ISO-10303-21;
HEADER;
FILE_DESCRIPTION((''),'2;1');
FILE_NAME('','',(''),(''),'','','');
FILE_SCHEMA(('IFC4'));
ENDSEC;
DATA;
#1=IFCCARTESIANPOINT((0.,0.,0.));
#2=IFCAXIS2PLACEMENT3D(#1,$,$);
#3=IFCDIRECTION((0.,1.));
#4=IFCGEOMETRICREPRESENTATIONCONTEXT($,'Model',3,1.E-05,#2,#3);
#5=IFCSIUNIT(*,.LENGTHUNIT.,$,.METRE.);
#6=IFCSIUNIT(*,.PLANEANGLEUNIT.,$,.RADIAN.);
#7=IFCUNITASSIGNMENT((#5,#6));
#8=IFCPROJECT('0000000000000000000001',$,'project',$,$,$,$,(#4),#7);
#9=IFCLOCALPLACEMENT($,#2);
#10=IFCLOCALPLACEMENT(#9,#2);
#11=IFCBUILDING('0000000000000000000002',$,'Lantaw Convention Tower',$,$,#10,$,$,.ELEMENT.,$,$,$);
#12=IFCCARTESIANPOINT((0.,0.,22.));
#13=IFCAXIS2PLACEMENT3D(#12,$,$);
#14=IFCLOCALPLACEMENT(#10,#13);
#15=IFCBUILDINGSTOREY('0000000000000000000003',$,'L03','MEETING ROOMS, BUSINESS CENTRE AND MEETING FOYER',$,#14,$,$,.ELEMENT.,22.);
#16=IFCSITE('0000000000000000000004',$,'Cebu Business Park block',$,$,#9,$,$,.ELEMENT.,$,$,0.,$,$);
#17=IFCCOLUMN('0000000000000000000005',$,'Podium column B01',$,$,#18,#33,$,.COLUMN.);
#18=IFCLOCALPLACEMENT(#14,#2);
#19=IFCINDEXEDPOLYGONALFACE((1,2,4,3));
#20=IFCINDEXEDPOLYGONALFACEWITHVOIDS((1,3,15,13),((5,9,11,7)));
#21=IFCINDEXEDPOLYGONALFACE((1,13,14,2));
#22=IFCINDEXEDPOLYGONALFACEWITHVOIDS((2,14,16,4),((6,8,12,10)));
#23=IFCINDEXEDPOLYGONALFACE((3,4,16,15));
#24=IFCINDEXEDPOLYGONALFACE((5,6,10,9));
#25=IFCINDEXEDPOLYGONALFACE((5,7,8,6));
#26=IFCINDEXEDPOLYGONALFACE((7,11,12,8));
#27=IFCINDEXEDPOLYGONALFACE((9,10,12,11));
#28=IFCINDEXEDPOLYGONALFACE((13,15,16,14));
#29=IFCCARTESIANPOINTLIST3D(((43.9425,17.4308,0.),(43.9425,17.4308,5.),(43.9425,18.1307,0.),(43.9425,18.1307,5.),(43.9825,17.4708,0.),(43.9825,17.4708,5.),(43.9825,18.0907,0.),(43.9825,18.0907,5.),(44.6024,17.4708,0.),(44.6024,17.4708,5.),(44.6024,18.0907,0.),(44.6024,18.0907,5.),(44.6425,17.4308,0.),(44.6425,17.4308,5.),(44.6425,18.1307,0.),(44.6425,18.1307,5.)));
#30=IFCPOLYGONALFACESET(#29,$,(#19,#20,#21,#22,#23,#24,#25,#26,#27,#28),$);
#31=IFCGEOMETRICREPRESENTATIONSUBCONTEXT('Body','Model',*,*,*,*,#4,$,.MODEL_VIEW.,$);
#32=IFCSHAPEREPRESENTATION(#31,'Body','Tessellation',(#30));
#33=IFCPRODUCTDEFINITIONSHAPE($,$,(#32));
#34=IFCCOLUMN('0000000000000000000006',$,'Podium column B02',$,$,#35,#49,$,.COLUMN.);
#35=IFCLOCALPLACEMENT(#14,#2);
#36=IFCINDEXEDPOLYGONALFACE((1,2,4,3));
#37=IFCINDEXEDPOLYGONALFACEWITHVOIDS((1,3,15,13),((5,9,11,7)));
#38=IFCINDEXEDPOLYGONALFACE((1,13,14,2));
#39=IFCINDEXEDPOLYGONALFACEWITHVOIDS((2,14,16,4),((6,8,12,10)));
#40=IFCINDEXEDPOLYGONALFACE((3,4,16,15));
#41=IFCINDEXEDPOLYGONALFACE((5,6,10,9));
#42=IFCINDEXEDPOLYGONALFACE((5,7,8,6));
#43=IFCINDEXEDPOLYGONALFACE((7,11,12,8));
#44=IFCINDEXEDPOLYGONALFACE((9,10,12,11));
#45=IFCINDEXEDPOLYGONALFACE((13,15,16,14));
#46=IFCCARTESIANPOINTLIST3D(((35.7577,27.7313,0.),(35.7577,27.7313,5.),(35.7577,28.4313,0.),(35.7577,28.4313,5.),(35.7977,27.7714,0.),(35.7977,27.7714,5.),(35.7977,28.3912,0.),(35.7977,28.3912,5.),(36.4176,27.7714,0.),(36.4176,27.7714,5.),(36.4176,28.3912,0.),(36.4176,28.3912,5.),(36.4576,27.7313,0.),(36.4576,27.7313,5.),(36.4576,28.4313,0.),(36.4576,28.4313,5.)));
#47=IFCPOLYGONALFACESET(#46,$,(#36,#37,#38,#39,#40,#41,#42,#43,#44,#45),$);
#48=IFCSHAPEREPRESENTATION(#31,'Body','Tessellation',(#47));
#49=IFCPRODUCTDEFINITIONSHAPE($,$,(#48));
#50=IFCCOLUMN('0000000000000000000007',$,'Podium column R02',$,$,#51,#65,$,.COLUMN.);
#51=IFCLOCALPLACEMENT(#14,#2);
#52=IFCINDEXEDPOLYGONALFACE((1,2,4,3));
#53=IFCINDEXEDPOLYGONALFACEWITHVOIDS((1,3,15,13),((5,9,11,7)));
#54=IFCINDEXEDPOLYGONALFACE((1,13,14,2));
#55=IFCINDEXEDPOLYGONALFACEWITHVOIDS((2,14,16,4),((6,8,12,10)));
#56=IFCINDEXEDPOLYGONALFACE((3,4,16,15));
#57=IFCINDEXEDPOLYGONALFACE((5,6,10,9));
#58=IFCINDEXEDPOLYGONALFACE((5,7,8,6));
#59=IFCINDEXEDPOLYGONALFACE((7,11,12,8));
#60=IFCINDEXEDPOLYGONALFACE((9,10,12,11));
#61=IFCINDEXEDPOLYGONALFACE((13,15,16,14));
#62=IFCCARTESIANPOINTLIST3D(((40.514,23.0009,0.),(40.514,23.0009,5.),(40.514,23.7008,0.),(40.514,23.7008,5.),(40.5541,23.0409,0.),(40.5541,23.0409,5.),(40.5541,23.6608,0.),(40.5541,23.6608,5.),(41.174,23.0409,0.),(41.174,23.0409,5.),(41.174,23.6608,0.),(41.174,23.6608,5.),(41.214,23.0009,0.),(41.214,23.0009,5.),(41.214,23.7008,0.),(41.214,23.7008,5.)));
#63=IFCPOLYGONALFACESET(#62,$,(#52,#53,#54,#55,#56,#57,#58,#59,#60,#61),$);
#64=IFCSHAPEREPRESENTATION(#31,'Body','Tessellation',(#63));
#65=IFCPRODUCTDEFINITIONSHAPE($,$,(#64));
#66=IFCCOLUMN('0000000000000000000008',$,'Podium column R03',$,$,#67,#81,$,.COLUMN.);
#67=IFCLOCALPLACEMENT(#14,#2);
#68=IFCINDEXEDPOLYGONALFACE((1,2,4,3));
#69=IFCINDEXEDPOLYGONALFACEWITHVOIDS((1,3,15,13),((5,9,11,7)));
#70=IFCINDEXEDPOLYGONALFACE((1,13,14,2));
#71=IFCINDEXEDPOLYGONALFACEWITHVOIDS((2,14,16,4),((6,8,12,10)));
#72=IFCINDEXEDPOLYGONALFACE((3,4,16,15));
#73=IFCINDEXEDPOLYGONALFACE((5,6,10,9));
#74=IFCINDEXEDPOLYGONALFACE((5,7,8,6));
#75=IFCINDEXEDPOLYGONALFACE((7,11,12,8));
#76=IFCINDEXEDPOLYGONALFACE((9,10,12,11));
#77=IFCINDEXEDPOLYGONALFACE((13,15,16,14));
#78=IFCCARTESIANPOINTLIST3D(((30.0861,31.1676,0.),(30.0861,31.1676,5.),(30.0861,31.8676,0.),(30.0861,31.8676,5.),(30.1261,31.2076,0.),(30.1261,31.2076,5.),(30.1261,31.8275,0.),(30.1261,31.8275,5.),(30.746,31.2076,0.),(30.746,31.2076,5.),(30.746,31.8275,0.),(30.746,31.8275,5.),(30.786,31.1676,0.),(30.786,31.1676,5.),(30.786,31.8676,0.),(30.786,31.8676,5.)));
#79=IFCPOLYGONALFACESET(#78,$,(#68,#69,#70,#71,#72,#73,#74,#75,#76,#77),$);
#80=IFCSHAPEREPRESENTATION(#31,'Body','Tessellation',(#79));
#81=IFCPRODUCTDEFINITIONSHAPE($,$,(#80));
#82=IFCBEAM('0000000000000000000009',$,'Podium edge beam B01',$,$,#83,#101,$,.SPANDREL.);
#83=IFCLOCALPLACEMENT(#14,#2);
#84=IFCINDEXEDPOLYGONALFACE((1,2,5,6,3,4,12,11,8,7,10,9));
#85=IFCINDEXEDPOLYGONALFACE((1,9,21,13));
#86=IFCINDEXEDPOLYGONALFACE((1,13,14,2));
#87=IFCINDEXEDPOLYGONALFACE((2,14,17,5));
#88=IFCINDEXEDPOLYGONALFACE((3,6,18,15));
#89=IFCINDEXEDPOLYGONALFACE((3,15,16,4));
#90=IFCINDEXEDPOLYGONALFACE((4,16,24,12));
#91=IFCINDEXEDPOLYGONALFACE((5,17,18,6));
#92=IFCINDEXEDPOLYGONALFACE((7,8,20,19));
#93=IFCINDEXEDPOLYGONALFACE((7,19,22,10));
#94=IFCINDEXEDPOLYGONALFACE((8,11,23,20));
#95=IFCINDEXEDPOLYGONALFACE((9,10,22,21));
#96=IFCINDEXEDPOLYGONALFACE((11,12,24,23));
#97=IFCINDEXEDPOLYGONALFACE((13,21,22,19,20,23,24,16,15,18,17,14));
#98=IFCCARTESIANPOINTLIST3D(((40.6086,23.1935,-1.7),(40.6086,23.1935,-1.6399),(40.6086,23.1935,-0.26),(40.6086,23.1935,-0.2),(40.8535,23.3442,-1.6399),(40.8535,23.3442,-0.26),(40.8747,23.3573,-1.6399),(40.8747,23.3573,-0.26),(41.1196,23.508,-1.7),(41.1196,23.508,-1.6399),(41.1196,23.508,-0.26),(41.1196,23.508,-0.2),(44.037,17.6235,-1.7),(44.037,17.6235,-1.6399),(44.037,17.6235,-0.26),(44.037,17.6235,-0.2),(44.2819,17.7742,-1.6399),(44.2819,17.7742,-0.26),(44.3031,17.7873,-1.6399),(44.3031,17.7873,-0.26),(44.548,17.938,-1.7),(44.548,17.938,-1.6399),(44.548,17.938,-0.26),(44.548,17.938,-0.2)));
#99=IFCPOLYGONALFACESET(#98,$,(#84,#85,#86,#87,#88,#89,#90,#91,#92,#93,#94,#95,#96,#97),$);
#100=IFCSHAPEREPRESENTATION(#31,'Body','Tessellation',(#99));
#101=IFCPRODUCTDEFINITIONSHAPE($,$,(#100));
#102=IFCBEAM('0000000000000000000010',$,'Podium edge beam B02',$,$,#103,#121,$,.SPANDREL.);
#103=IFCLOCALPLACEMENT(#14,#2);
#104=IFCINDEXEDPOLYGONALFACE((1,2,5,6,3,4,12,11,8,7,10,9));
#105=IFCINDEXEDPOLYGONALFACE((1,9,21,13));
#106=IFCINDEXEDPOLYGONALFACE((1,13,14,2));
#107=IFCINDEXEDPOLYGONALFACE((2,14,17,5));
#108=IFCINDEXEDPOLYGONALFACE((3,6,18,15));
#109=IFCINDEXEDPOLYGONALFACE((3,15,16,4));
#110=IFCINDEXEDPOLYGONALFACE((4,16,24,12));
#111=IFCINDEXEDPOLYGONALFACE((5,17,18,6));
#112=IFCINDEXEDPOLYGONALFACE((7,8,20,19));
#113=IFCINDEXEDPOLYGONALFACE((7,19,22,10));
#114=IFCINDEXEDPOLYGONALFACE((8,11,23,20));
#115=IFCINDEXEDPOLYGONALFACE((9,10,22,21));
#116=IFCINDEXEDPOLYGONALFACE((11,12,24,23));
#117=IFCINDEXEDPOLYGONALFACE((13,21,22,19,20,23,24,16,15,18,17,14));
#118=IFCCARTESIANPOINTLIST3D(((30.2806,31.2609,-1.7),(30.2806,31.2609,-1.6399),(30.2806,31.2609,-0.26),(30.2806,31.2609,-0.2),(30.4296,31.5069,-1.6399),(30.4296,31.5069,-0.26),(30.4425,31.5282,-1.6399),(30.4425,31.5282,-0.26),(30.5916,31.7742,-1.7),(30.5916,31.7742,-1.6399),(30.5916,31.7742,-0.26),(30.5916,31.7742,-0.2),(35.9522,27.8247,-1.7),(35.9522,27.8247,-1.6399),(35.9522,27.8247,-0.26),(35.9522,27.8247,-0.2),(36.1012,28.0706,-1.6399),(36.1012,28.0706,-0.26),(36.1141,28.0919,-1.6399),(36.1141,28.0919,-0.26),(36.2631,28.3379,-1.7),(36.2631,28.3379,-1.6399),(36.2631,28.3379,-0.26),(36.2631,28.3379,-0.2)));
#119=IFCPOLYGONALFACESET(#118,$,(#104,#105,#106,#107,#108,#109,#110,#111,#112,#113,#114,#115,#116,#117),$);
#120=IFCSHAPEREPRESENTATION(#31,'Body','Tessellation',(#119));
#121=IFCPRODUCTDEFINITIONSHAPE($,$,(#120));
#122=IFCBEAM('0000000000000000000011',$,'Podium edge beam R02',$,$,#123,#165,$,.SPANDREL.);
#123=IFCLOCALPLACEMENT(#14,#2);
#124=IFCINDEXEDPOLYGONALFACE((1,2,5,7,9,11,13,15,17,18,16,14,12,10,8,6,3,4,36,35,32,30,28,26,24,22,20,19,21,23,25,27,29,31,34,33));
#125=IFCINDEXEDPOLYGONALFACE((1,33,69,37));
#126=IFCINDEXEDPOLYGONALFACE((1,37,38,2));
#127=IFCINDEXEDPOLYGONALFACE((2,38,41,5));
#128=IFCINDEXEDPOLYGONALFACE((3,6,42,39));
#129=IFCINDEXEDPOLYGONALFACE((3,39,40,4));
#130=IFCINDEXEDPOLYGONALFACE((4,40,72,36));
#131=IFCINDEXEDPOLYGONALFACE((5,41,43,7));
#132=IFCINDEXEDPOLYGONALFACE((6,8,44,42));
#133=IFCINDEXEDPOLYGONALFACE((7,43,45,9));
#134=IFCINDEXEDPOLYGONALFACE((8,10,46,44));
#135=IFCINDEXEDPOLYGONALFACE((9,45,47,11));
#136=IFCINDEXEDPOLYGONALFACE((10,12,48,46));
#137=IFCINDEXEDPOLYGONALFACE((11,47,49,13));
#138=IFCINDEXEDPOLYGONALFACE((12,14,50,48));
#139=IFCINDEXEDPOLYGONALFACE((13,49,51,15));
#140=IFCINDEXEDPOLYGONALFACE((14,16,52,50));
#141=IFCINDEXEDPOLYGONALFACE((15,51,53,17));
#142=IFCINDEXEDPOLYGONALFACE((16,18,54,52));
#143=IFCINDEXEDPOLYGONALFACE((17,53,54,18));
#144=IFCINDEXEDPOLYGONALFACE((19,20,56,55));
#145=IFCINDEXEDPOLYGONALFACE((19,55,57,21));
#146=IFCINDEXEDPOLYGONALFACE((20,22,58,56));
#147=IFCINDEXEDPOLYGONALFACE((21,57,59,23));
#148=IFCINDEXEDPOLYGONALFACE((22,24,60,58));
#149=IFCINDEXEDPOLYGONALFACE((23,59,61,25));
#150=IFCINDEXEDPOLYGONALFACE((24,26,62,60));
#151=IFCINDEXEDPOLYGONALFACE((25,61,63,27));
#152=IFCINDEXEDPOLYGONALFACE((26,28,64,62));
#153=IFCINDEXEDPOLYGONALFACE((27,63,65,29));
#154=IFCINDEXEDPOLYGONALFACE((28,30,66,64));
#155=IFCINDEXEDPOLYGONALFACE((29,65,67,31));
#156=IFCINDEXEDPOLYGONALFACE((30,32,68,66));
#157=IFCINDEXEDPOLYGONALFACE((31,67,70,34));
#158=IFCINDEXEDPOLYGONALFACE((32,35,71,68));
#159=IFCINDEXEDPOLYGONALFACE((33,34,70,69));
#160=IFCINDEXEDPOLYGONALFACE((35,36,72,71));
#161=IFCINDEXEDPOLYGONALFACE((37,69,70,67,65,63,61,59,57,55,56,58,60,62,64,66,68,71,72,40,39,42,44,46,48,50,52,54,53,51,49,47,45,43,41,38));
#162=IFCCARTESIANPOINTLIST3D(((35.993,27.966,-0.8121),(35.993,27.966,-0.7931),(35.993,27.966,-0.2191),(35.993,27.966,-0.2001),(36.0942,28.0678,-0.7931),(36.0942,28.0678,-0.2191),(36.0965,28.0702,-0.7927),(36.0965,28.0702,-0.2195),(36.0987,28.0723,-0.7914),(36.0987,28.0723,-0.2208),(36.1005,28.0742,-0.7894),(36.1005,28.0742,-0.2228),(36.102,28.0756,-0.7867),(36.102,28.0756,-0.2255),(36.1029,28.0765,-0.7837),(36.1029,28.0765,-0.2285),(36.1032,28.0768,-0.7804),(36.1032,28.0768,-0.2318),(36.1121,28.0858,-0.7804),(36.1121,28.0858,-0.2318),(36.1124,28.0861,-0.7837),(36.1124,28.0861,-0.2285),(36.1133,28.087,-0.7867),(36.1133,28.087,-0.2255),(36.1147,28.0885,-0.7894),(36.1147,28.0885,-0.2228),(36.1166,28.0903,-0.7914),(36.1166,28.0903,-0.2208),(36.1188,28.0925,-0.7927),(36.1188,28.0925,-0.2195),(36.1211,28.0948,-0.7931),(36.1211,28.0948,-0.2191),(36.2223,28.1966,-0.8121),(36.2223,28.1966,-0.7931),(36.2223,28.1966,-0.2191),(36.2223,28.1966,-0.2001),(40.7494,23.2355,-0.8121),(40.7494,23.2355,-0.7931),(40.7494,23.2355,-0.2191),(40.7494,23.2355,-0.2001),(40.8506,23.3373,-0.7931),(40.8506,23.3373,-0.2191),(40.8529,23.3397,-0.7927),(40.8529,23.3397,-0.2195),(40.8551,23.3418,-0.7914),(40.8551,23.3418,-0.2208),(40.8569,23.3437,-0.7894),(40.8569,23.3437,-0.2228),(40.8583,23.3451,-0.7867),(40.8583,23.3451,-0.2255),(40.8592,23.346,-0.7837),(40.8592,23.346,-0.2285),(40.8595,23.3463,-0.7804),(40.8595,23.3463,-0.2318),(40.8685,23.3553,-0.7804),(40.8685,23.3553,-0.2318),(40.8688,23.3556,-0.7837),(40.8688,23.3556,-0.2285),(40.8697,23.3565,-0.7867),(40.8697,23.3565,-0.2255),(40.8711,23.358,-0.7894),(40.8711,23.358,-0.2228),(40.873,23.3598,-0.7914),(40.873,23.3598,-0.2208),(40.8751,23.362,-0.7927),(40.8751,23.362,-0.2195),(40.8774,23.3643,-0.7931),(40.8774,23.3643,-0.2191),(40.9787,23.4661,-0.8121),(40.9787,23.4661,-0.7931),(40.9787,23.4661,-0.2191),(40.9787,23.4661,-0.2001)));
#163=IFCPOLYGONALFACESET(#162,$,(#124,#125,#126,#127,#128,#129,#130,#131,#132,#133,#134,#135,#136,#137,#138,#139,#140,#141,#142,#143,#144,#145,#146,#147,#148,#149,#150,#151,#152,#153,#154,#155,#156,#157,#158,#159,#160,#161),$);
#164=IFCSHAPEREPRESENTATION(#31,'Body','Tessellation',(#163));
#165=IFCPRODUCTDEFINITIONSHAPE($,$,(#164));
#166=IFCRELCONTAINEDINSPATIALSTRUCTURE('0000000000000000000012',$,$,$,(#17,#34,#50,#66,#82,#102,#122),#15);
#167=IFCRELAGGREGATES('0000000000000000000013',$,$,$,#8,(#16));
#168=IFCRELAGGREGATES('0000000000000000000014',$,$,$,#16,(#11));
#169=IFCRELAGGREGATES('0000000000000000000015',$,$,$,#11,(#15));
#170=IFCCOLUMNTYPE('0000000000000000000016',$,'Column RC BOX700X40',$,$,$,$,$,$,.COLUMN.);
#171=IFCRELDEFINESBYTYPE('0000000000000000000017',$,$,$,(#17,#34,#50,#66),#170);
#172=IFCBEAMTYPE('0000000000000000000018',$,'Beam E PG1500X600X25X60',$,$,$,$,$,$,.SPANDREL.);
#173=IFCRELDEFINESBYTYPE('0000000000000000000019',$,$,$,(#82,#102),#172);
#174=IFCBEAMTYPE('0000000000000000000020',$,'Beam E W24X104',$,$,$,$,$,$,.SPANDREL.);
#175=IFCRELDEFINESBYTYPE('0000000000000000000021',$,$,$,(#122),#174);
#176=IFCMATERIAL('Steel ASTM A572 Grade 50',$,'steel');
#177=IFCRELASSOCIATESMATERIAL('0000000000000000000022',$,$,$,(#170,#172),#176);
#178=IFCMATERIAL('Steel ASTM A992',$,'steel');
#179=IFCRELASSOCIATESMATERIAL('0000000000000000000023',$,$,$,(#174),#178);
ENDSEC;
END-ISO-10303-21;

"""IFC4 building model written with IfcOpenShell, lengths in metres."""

from ifc_helpers import new_model, si_unit, direction, frame, origin, origin_2d, place, context, subcontext, project, spatial, hollow_rectangle, i_section, extrude, material, material_profile, profile_set, type_object, element, save


model = new_model("IFC4")

# Units and contexts
model_context = context("Model", 3, precision=1e-05, world=origin(), true_north=direction((0.0, 1.0)))
body_context = subcontext(model_context, "Body", "Model", "MODEL_VIEW")
ifc_project = project(units=[si_unit("LENGTHUNIT", "METRE"), si_unit("PLANEANGLEUNIT", "RADIAN")], contexts=[model_context])

# Site, building, storey
site_placement = place(None, origin())
site = spatial("IfcSite", under=ifc_project, at=site_placement, Name="Cebu Business Park block", CompositionType="ELEMENT", RefElevation=0.0)
building_placement = place(site_placement, origin())
building = spatial("IfcBuilding", under=site, at=building_placement, Name="Lantaw Convention Tower", CompositionType="ELEMENT")
storey_placement = place(building_placement, frame((0.0, 0.0, 22.0)))
storey = spatial("IfcBuildingStorey", under=building, at=storey_placement, Name="L03", Description="MEETING ROOMS, BUSINESS CENTRE AND MEETING FOYER", CompositionType="ELEMENT", Elevation=22.0)

# Columns
ifc_material_1 = material(Name="Steel ASTM A572 Grade 50", Category="steel")
ifc_material_profile_1 = material_profile(ifc_material_1, hollow_rectangle(XDim=0.7, YDim=0.7, WallThickness=0.04, at=origin_2d()), Name="BOX700X40")
ifc_profile_set_1 = profile_set([ifc_material_profile_1], Name="Steel ASTM A572 Grade 50")
column_type = type_object("IfcColumnType", Name="Column RC BOX700X40", PredefinedType="COLUMN", material=ifc_profile_set_1)
for number, where, z_axis, x_axis, name in (
    (1, (44.2925, 17.7808, 0.0), (0.0, 0.0, 1.0), (1.0, 0.0, 0.0), "Podium column B01"),
    (2, (36.1077, 28.0813, 0.0), (0.0, 0.0, 1.0), (1.0, 0.0, 0.0), "Podium column B02"),
    (3, (40.864, 23.3508, 0.0), (0.0, 0.0, 1.0), (1.0, 0.0, 0.0), "Podium column R02"),
    (4, (30.436, 31.5176, 0.0), (0.0, 0.0, 1.0), (1.0, 0.0, 0.0), "Podium column R03"),
):
    element("IfcColumn", number, at=place(storey_placement, frame(where, z_axis=z_axis, x_axis=x_axis)), inside=storey, type_object=column_type, Name=name, PredefinedType="COLUMN", context=body_context, shape_type="SweptSolid", body=[
        extrude(hollow_rectangle(XDim=0.7, YDim=0.7, WallThickness=0.04, at=origin_2d()), origin(), (0.0, 0.0, 1.0), 5.0),
    ])

# Beams
ifc_material_profile_2 = material_profile(ifc_material_1, i_section(OverallWidth=0.6001, OverallDepth=1.5, WebThickness=0.0249, FlangeThickness=0.0601, at=origin_2d()), Name="PG1500X600X25X60")
ifc_profile_set_2 = profile_set([ifc_material_profile_2], Name="Steel ASTM A572 Grade 50")
beam_type_1 = type_object("IfcBeamType", Name="Beam E PG1500X600X25X60", PredefinedType="SPANDREL", material=ifc_profile_set_2)
beam_1_placement = place(storey_placement, frame((44.2925, 17.7808, -0.95), z_axis=(-0.524179, 0.851608, 0.0), x_axis=(-0.851608, -0.524179, 0.0)))
element("IfcBeam", 5, at=beam_1_placement, inside=storey, type_object=beam_type_1, Name="Podium edge beam B01", PredefinedType="SPANDREL", context=body_context, shape_type="SweptSolid", body=[
    extrude(i_section(OverallWidth=0.6001, OverallDepth=1.5, WebThickness=0.0249, FlangeThickness=0.0601, at=origin_2d()), origin(), (0.0, 0.0, 1.0), 6.5405),
])
beam_2_placement = place(storey_placement, frame((36.1077, 28.0813, -0.95), z_axis=(-0.85527, 0.518183, 0.0), x_axis=(-0.518183, -0.85527, 0.0)))
element("IfcBeam", 6, at=beam_2_placement, inside=storey, type_object=beam_type_1, Name="Podium edge beam B02", PredefinedType="SPANDREL", context=body_context, shape_type="SweptSolid", body=[
    extrude(i_section(OverallWidth=0.6001, OverallDepth=1.5, WebThickness=0.0249, FlangeThickness=0.0601, at=origin_2d()), origin(), (0.0, 0.0, 1.0), 6.6313),
])
ifc_material_2 = material(Name="Steel ASTM A992", Category="steel")
ifc_material_profile_3 = material_profile(ifc_material_2, i_section(OverallWidth=0.3252, OverallDepth=0.6121, WebThickness=0.0127, FlangeThickness=0.019, FilletRadius=0.0127, at=origin_2d()), Name="W24X104")
ifc_profile_set_3 = profile_set([ifc_material_profile_3], Name="Steel ASTM A992")
beam_type_2 = type_object("IfcBeamType", Name="Beam E W24X104", PredefinedType="SPANDREL", material=ifc_profile_set_3)
beam_3_placement = place(storey_placement, frame((40.864, 23.3508, -0.5061), z_axis=(-0.709033, 0.705175, 0.0), x_axis=(-0.705175, -0.709033, 0.0)))
element("IfcBeam", 7, at=beam_3_placement, inside=storey, type_object=beam_type_2, Name="Podium edge beam R02", PredefinedType="SPANDREL", context=body_context, shape_type="SweptSolid", body=[
    extrude(i_section(OverallWidth=0.3252, OverallDepth=0.6121, WebThickness=0.0127, FlangeThickness=0.019, FilletRadius=0.0127, at=origin_2d()), origin(), (0.0, 0.0, 1.0), 6.7083),
])

save(model, "model.ifc")
